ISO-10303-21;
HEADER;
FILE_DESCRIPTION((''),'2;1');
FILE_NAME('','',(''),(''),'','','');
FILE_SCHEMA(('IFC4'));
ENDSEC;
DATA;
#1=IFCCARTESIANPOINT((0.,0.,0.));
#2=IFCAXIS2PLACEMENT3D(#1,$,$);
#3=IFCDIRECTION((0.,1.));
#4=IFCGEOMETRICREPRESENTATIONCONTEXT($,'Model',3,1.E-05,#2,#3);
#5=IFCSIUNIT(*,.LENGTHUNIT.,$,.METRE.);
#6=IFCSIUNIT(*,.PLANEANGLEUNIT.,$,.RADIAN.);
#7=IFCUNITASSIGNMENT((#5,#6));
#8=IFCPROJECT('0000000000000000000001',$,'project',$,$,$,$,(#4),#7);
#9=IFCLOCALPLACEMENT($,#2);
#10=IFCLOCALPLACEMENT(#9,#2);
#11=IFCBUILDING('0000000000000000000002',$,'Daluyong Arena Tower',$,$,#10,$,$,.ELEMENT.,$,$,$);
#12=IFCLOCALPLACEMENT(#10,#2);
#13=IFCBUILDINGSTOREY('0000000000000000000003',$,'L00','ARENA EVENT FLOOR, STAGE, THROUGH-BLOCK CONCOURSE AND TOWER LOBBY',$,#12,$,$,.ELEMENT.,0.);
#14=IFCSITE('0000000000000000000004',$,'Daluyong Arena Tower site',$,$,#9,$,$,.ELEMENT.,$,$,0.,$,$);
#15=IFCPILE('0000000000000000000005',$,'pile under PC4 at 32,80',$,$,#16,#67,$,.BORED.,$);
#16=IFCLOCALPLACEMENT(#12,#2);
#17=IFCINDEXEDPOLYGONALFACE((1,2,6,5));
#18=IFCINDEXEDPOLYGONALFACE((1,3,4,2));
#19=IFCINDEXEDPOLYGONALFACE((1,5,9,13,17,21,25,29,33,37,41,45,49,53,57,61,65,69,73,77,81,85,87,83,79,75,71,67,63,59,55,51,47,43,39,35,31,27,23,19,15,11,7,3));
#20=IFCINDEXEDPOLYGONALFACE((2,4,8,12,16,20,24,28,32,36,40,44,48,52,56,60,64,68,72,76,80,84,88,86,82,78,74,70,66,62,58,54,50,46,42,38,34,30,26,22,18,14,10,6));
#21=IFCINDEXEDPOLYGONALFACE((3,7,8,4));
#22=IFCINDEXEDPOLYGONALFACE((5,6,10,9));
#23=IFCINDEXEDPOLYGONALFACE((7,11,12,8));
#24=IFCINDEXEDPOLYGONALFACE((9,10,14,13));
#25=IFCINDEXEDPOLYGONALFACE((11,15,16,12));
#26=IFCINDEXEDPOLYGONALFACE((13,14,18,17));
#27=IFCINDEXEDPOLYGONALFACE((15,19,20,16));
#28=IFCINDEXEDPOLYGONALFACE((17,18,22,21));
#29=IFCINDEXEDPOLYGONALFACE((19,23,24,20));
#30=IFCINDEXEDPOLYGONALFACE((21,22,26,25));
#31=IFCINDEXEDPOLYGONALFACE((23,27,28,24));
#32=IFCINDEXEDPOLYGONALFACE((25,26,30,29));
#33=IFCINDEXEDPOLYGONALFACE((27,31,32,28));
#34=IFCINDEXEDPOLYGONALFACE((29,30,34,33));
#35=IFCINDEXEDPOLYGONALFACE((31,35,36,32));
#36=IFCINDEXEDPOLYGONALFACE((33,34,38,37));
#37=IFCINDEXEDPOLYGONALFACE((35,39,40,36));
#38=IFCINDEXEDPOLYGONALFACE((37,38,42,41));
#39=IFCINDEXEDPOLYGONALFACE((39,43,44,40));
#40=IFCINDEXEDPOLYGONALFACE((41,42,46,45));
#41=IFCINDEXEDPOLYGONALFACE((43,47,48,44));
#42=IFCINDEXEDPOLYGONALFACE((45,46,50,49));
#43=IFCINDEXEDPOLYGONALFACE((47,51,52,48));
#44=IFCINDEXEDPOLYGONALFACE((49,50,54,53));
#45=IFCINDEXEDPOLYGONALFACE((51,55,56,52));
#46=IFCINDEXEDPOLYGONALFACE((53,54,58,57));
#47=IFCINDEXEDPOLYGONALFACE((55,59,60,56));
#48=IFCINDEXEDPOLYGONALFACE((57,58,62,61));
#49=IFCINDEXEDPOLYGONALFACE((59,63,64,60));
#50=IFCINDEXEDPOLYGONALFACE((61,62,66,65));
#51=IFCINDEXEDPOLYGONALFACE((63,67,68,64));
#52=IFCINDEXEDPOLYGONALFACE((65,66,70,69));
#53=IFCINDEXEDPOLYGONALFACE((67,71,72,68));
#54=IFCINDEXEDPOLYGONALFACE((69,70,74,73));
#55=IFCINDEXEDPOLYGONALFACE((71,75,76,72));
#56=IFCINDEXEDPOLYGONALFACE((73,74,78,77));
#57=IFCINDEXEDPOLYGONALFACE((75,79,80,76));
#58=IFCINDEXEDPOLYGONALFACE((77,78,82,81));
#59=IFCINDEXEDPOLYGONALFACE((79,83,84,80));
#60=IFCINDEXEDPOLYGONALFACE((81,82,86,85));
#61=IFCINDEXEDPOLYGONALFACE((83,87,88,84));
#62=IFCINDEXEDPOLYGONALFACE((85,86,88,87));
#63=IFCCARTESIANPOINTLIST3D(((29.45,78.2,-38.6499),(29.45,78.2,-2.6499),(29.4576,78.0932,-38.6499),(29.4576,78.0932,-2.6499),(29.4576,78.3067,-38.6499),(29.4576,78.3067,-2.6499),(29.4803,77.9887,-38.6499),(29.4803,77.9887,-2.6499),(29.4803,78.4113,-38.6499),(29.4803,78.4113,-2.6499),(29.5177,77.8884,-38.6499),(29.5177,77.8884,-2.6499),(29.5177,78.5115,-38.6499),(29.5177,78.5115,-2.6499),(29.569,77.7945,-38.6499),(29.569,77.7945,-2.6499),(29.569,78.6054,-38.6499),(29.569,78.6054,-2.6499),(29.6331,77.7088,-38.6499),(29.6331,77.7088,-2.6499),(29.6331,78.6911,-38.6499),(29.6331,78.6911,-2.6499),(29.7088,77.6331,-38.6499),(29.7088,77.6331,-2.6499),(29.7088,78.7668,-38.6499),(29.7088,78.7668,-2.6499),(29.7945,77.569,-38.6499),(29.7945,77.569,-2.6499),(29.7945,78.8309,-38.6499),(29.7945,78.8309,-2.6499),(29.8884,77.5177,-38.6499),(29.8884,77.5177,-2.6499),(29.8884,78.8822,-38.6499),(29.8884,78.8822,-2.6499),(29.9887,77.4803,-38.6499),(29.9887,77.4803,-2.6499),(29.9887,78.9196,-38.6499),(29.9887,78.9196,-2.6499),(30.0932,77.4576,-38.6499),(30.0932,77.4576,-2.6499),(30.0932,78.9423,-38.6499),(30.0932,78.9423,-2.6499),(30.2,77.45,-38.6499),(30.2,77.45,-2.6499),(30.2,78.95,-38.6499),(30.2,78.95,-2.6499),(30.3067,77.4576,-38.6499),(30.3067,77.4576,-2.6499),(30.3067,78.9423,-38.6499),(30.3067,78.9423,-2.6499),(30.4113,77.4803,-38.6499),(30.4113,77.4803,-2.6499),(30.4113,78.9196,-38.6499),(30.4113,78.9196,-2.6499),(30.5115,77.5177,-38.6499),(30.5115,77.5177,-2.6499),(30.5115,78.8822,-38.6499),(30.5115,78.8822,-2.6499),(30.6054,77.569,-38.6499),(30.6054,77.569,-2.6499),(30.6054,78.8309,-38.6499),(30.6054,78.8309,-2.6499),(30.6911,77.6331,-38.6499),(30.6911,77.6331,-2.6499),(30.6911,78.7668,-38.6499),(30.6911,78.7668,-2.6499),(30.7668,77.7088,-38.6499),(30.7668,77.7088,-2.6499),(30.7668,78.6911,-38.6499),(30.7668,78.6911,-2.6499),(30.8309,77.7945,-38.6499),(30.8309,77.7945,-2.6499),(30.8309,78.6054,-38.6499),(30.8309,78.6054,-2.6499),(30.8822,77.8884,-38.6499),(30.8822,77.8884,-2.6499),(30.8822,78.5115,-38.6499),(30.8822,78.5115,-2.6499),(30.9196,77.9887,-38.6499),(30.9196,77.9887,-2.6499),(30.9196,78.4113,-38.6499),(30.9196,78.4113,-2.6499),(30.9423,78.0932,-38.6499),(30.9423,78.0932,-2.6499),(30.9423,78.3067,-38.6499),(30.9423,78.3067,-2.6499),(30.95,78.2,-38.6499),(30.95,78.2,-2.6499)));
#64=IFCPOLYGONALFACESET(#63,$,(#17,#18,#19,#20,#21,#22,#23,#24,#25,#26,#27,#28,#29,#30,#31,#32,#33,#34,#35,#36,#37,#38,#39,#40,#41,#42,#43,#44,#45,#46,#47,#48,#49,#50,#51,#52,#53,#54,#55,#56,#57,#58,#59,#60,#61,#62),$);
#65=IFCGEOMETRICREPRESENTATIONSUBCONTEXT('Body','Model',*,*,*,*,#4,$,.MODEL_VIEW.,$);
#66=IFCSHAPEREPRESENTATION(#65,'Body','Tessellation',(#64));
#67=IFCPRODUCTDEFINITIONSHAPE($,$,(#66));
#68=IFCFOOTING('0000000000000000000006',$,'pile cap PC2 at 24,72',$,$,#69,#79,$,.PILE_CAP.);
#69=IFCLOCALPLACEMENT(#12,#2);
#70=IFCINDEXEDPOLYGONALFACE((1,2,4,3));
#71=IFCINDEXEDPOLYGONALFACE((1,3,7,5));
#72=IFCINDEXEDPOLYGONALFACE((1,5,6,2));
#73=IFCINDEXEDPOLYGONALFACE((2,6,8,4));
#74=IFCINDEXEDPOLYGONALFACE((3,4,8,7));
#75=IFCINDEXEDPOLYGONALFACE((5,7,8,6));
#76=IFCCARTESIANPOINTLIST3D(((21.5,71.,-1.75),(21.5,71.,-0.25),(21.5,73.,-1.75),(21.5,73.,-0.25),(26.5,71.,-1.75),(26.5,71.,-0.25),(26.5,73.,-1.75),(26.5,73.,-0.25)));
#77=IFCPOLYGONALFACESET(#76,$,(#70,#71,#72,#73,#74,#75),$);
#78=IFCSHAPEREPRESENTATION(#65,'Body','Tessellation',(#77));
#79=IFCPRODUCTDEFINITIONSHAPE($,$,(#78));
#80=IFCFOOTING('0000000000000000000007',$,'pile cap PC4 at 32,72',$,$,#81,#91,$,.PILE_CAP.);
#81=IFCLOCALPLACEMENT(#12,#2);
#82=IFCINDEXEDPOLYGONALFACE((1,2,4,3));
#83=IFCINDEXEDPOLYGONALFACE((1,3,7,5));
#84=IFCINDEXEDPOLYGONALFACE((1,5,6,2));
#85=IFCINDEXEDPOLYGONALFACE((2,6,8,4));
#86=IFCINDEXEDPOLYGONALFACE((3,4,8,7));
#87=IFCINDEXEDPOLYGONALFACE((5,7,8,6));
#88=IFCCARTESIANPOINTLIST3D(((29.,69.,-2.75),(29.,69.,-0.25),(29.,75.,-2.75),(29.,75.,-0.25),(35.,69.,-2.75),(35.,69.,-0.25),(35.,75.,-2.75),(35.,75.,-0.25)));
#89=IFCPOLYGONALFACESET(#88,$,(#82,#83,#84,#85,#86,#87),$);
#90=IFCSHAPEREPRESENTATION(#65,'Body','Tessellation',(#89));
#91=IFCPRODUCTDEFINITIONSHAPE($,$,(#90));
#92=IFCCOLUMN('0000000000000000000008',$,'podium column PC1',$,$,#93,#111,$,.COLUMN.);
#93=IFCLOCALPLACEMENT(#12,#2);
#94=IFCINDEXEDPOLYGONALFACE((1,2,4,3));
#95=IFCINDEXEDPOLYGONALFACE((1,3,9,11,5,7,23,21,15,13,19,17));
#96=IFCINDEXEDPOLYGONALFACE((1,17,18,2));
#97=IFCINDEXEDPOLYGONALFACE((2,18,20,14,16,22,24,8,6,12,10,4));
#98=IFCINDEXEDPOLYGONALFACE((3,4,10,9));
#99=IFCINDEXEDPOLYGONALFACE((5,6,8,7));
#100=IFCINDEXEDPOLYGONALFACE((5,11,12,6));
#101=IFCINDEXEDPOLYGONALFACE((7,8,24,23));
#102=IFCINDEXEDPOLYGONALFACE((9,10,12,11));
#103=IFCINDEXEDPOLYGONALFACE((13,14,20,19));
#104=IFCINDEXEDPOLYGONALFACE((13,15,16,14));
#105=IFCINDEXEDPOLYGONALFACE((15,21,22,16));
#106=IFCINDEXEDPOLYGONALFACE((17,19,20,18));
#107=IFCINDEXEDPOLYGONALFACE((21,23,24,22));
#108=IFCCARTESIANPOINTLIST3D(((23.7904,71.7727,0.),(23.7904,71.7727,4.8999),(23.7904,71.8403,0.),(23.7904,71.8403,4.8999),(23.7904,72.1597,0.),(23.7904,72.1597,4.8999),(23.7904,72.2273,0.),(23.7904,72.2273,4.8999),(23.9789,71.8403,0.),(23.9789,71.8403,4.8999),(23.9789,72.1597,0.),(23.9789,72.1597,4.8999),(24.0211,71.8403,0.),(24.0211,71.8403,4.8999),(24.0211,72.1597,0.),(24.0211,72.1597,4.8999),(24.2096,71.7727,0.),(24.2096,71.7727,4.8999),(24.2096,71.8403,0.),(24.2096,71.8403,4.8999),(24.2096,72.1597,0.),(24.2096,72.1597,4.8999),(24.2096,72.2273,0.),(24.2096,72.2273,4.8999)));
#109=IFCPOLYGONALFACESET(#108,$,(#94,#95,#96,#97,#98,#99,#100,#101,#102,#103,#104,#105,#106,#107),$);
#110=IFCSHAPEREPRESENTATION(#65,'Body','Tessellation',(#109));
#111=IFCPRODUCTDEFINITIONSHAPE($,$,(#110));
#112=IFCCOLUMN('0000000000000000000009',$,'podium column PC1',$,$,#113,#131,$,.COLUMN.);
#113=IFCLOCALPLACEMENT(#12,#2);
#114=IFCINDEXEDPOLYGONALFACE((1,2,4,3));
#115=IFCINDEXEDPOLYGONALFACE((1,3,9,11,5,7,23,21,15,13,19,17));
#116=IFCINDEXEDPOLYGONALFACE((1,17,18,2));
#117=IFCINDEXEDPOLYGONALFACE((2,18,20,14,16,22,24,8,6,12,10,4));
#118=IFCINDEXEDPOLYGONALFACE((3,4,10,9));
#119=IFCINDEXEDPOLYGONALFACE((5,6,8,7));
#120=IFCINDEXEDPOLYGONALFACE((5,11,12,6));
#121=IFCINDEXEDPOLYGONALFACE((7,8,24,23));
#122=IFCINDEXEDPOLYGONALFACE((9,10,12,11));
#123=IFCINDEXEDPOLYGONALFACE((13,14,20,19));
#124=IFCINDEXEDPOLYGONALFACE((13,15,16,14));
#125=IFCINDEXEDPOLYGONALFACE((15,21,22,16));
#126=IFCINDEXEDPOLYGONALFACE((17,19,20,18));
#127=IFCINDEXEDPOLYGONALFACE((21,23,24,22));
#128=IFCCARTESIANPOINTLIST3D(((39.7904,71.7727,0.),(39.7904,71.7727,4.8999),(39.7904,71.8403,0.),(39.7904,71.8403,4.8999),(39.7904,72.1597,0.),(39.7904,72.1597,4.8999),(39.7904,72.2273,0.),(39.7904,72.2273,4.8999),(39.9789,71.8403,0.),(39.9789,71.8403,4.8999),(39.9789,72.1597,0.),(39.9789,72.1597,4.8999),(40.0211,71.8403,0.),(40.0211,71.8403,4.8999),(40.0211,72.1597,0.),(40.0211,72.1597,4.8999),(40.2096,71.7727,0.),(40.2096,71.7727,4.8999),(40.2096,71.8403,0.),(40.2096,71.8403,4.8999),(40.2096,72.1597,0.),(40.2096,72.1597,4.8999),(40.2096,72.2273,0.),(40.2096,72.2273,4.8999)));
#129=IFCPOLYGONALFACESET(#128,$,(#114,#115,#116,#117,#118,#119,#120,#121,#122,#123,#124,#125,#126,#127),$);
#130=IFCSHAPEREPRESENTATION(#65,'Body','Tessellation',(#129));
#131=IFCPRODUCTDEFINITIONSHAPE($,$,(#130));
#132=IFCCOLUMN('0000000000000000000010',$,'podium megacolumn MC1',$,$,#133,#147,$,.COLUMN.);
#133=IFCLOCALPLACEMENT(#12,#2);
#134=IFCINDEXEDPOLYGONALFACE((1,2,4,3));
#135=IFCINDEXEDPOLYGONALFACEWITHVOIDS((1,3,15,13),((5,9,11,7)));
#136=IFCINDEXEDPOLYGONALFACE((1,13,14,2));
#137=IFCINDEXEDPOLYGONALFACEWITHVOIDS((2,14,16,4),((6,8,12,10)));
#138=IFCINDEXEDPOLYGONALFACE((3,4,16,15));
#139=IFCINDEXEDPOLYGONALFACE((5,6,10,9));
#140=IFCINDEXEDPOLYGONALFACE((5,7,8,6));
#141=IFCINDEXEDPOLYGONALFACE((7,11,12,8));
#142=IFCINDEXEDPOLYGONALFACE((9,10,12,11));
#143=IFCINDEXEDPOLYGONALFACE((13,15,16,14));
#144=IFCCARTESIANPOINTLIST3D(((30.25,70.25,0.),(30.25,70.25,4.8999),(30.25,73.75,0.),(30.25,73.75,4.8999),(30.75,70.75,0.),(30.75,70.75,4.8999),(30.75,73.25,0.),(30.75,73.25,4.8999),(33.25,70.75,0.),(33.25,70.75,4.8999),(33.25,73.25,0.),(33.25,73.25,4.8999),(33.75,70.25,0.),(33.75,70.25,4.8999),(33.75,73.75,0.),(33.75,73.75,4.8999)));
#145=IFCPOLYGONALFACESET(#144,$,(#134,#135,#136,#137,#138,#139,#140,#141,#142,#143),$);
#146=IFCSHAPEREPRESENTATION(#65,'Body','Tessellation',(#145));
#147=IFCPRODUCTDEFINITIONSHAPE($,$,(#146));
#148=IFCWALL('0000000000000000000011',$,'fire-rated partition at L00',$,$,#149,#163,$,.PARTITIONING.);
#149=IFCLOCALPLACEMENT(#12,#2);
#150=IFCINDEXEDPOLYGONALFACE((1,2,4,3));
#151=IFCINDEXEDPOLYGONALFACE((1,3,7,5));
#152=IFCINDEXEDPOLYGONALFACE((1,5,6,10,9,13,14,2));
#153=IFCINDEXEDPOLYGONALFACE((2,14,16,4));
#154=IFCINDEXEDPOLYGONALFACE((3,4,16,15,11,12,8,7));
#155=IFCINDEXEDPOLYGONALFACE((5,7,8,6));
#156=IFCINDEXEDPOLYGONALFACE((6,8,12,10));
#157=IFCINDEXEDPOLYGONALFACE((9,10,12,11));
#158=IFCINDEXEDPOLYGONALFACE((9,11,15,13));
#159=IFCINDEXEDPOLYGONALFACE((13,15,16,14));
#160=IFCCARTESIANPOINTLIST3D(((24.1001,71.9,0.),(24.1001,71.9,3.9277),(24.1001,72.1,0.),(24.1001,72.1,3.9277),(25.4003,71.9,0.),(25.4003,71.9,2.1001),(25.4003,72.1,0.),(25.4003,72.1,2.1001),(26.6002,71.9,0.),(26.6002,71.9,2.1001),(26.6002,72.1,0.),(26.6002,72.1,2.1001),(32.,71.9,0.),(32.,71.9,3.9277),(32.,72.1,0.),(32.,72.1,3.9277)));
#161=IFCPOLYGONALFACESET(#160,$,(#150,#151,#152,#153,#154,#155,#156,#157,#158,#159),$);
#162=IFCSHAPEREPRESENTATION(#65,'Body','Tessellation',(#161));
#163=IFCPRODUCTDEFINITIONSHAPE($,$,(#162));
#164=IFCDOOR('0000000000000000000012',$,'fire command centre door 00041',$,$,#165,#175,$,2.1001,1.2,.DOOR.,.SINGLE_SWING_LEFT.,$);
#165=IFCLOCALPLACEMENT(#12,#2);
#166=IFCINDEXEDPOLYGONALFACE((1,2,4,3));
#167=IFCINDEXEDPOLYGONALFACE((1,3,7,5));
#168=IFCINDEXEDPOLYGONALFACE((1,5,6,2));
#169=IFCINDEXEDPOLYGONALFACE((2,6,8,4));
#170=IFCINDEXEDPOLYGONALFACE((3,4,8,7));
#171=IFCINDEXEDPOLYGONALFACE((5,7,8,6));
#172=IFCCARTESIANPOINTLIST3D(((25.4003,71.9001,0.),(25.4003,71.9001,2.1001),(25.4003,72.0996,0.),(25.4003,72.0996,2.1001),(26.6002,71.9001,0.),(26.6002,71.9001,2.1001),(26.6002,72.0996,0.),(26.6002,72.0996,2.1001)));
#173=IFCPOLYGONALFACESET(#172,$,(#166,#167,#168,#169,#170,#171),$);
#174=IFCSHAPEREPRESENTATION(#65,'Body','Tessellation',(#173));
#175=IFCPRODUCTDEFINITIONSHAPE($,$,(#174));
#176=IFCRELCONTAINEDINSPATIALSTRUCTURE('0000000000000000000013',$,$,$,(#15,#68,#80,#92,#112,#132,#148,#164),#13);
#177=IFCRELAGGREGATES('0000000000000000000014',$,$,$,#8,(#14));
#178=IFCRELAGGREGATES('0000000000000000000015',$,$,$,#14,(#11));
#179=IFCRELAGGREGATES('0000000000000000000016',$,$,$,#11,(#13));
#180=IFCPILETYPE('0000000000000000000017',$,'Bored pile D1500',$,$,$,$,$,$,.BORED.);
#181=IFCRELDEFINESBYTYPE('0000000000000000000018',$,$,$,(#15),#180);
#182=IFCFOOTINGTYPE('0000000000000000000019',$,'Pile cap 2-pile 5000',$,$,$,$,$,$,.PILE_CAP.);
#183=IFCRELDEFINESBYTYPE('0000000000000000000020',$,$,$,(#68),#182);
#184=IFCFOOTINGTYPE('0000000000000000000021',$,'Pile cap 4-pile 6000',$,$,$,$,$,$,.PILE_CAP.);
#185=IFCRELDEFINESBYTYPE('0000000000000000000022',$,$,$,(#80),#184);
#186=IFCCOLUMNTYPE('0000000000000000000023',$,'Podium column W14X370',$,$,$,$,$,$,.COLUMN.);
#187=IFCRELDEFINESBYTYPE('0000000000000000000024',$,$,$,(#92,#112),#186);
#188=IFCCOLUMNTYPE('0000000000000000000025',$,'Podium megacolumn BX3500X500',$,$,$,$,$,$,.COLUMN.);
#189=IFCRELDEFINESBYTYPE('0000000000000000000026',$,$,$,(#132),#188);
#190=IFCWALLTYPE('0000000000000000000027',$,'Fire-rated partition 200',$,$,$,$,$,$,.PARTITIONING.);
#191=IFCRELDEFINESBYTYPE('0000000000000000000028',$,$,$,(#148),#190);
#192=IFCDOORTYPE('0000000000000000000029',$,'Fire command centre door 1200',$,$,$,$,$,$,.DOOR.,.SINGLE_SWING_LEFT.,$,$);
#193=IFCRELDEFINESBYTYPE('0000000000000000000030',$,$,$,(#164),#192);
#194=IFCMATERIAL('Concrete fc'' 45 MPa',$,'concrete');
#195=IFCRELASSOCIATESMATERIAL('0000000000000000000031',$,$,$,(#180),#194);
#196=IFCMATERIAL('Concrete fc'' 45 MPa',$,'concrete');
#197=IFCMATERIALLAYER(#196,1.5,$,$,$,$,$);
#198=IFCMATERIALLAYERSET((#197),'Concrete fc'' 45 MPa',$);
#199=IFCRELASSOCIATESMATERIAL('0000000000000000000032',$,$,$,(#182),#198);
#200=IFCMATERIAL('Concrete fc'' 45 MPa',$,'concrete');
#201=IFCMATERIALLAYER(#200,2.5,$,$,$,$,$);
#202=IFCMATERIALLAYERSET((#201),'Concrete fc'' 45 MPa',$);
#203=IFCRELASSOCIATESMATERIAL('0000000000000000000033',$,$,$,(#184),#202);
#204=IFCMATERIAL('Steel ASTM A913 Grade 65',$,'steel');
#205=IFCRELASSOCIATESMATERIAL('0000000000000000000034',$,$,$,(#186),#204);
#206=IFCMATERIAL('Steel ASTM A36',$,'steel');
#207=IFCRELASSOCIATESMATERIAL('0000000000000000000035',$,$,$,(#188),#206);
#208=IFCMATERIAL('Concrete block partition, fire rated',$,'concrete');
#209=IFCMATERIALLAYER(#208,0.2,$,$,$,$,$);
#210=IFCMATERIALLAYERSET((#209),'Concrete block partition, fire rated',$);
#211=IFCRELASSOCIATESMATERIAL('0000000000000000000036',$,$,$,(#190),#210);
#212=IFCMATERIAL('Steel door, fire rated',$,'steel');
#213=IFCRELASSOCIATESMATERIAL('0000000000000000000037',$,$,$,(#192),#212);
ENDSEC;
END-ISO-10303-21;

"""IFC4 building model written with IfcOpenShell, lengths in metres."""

from ifc_helpers import new_model, si_unit, direction, frame, frame_2d, origin, origin_2d, place, context, subcontext, project, spatial, rectangle, hollow_rectangle, circle, i_section, extrude, material, layer, layer_set, material_profile, profile_set, type_object, element, fill, save


model = new_model("IFC4")

# Units and contexts
model_context = context("Model", 3, precision=1e-05, world=origin(), true_north=direction((0.0, 1.0)))
body_context = subcontext(model_context, "Body", "Model", "MODEL_VIEW")
ifc_project = project(units=[si_unit("LENGTHUNIT", "METRE"), si_unit("PLANEANGLEUNIT", "RADIAN")], contexts=[model_context])

# Site, building, storey
site_placement = place(None, origin())
site = spatial("IfcSite", under=ifc_project, at=site_placement, Name="Daluyong Arena Tower site", CompositionType="ELEMENT", RefElevation=0.0)
building_placement = place(site_placement, origin())
building = spatial("IfcBuilding", under=site, at=building_placement, Name="Daluyong Arena Tower", CompositionType="ELEMENT")
storey_placement = place(building_placement, origin())
storey = spatial("IfcBuildingStorey", under=building, at=storey_placement, Name="L00", Description="ARENA EVENT FLOOR, STAGE, THROUGH-BLOCK CONCOURSE AND TOWER LOBBY", CompositionType="ELEMENT", Elevation=0.0)

# Pile
ifc_material_1 = material(Name="Concrete fc' 45 MPa", Category="concrete")
pile_type_1 = type_object("IfcPileType", Name="Bored pile D1500", PredefinedType="BORED", material=ifc_material_1)
for number, where, z_axis, x_axis, name in (
    (1, (30.2, 78.2, -2.6499), (0.0, 0.0, -1.0), (1.0, 0.0, 0.0), "pile under PC4 at 32,80"),
):
    element("IfcPile", number, at=place(storey_placement, frame(where, z_axis=z_axis, x_axis=x_axis)), inside=storey, type_object=pile_type_1, Name=name, PredefinedType="BORED", context=body_context, shape_type="SweptSolid", body=[
        extrude(circle(Radius=0.75, at=origin_2d()), origin(), (0.0, 0.0, 1.0), 36.0),
    ])

# Footings
ifc_material_2 = material(Name="Concrete fc' 45 MPa", Category="concrete")
ifc_layer_1 = layer(ifc_material_2, 1.5)
ifc_layer_set_1 = layer_set([ifc_layer_1], Name="Concrete fc' 45 MPa")
footing_type_1 = type_object("IfcFootingType", Name="Pile cap 2-pile 5000", PredefinedType="PILE_CAP", material=ifc_layer_set_1)
footing_1_placement = place(storey_placement, frame((24.0, 72.0, -1.75), z_axis=(0.0, 0.0, 1.0), x_axis=(1.0, 0.0, 0.0)))
element("IfcFooting", 2, at=footing_1_placement, inside=storey, type_object=footing_type_1, Name="pile cap PC2 at 24,72", PredefinedType="PILE_CAP", context=body_context, shape_type="SweptSolid", body=[
    extrude(rectangle(XDim=5.0, YDim=2.0, at=origin_2d()), origin(), (0.0, 0.0, 1.0), 1.5),
])
ifc_material_3 = material(Name="Concrete fc' 45 MPa", Category="concrete")
ifc_layer_2 = layer(ifc_material_3, 2.5)
ifc_layer_set_2 = layer_set([ifc_layer_2], Name="Concrete fc' 45 MPa")
footing_type_2 = type_object("IfcFootingType", Name="Pile cap 4-pile 6000", PredefinedType="PILE_CAP", material=ifc_layer_set_2)
footing_2_placement = place(storey_placement, frame((32.0, 72.0, -2.75), z_axis=(0.0, 0.0, 1.0), x_axis=(1.0, 0.0, 0.0)))
element("IfcFooting", 3, at=footing_2_placement, inside=storey, type_object=footing_type_2, Name="pile cap PC4 at 32,72", PredefinedType="PILE_CAP", context=body_context, shape_type="SweptSolid", body=[
    extrude(rectangle(XDim=6.0, YDim=6.0, at=origin_2d()), origin(), (0.0, 0.0, 1.0), 2.5),
])

# Columns
ifc_material_4 = material(Name="Steel ASTM A913 Grade 65", Category="steel")
ifc_material_profile_1 = material_profile(ifc_material_4, i_section(OverallWidth=0.4192, OverallDepth=0.4546, WebThickness=0.0422, FlangeThickness=0.0676, at=origin_2d()))
ifc_profile_set_1 = profile_set([ifc_material_profile_1], Name="Steel ASTM A913 Grade 65")
column_type_1 = type_object("IfcColumnType", Name="Podium column W14X370", PredefinedType="COLUMN", material=ifc_profile_set_1)
for number, where, z_axis, x_axis, name in (
    (4, (24.0, 72.0, 0.0), (0.0, 0.0, 1.0), (1.0, 0.0, 0.0), "podium column PC1"),
    (5, (40.0, 72.0, 0.0), (0.0, 0.0, 1.0), (1.0, 0.0, 0.0), "podium column PC1"),
):
    element("IfcColumn", number, at=place(storey_placement, frame(where, z_axis=z_axis, x_axis=x_axis)), inside=storey, type_object=column_type_1, Name=name, PredefinedType="COLUMN", context=body_context, shape_type="SweptSolid", body=[
        extrude(i_section(OverallWidth=0.4192, OverallDepth=0.4546, WebThickness=0.0422, FlangeThickness=0.0676, at=origin_2d()), origin(), (0.0, 0.0, 1.0), 4.8999),
    ])
ifc_material_5 = material(Name="Steel ASTM A36", Category="steel")
ifc_material_profile_2 = material_profile(ifc_material_5, hollow_rectangle(XDim=3.5, YDim=3.5, WallThickness=0.5, at=origin_2d()))
ifc_profile_set_2 = profile_set([ifc_material_profile_2], Name="Steel ASTM A36")
column_type_2 = type_object("IfcColumnType", Name="Podium megacolumn BX3500X500", PredefinedType="COLUMN", material=ifc_profile_set_2)
column_placement = place(storey_placement, frame((32.0, 72.0, 0.0), z_axis=(0.0, 0.0, 1.0), x_axis=(1.0, 0.0, 0.0)))
element("IfcColumn", 6, at=column_placement, inside=storey, type_object=column_type_2, Name="podium megacolumn MC1", PredefinedType="COLUMN", context=body_context, shape_type="SweptSolid", body=[
    extrude(hollow_rectangle(XDim=3.5, YDim=3.5, WallThickness=0.5, at=origin_2d()), origin(), (0.0, 0.0, 1.0), 4.8999),
])

# Wall, opening, door
ifc_material_6 = material(Name="Concrete block partition, fire rated", Category="concrete")
ifc_layer_3 = layer(ifc_material_6, 0.2)
ifc_layer_set_3 = layer_set([ifc_layer_3], Name="Concrete block partition, fire rated")
wall_type_1 = type_object("IfcWallType", Name="Fire-rated partition 200", PredefinedType="PARTITIONING", material=ifc_layer_set_3)
wall_1_placement = place(storey_placement, frame((24.1001, 72.0, 0.0), z_axis=(0.0, 0.0, 1.0), x_axis=(1.0, 0.0, 0.0)))
wall_1 = element("IfcWall", 7, at=wall_1_placement, inside=storey, type_object=wall_type_1, Name="fire-rated partition at L00", PredefinedType="PARTITIONING", context=body_context, shape_type="SweptSolid", body=[
    extrude(rectangle(XDim=7.8999, YDim=0.2, at=frame_2d((3.95, 0.0))), origin(), (0.0, 0.0, 1.0), 3.9277),
])
opening_1_placement = place(wall_1_placement, frame((1.3, 0.0, 0.0)))
opening_1 = element("IfcOpeningElement", 8, at=opening_1_placement, cuts=wall_1, PredefinedType="OPENING", context=body_context, shape_type="SweptSolid", body=[
    extrude(rectangle(XDim=1.2, YDim=2.1001, at=frame_2d((0.6001, 1.05))), frame((0.0, 0.1099, 0.0), z_axis=(0.0, -1.0, 0.0), x_axis=(1.0, 0.0, 0.0)), (0.0, 0.0, 1.0), 0.22),
])
ifc_material_7 = material(Name="Steel door, fire rated", Category="steel")
door_type_1 = type_object("IfcDoorType", Name="Fire command centre door 1200", OperationType="SINGLE_SWING_LEFT", PredefinedType="DOOR", material=ifc_material_7)
door_1_placement = place(opening_1_placement, origin())
door_1 = element("IfcDoor", 9, at=door_1_placement, inside=storey, type_object=door_type_1, Name="fire command centre door 00041", OperationType="SINGLE_SWING_LEFT", OverallHeight=2.1001, OverallWidth=1.2, PredefinedType="DOOR", context=body_context, shape_type="SweptSolid", body=[
    extrude(rectangle(XDim=1.2, YDim=2.1001, at=frame_2d((0.6001, 1.05))), frame((0.0, 0.0996, 0.0), z_axis=(0.0, -1.0, 0.0), x_axis=(1.0, 0.0, 0.0)), (0.0, 0.0, 1.0), 0.1995),
])
fill(opening_1, door_1)

save(model, "model.ifc")
